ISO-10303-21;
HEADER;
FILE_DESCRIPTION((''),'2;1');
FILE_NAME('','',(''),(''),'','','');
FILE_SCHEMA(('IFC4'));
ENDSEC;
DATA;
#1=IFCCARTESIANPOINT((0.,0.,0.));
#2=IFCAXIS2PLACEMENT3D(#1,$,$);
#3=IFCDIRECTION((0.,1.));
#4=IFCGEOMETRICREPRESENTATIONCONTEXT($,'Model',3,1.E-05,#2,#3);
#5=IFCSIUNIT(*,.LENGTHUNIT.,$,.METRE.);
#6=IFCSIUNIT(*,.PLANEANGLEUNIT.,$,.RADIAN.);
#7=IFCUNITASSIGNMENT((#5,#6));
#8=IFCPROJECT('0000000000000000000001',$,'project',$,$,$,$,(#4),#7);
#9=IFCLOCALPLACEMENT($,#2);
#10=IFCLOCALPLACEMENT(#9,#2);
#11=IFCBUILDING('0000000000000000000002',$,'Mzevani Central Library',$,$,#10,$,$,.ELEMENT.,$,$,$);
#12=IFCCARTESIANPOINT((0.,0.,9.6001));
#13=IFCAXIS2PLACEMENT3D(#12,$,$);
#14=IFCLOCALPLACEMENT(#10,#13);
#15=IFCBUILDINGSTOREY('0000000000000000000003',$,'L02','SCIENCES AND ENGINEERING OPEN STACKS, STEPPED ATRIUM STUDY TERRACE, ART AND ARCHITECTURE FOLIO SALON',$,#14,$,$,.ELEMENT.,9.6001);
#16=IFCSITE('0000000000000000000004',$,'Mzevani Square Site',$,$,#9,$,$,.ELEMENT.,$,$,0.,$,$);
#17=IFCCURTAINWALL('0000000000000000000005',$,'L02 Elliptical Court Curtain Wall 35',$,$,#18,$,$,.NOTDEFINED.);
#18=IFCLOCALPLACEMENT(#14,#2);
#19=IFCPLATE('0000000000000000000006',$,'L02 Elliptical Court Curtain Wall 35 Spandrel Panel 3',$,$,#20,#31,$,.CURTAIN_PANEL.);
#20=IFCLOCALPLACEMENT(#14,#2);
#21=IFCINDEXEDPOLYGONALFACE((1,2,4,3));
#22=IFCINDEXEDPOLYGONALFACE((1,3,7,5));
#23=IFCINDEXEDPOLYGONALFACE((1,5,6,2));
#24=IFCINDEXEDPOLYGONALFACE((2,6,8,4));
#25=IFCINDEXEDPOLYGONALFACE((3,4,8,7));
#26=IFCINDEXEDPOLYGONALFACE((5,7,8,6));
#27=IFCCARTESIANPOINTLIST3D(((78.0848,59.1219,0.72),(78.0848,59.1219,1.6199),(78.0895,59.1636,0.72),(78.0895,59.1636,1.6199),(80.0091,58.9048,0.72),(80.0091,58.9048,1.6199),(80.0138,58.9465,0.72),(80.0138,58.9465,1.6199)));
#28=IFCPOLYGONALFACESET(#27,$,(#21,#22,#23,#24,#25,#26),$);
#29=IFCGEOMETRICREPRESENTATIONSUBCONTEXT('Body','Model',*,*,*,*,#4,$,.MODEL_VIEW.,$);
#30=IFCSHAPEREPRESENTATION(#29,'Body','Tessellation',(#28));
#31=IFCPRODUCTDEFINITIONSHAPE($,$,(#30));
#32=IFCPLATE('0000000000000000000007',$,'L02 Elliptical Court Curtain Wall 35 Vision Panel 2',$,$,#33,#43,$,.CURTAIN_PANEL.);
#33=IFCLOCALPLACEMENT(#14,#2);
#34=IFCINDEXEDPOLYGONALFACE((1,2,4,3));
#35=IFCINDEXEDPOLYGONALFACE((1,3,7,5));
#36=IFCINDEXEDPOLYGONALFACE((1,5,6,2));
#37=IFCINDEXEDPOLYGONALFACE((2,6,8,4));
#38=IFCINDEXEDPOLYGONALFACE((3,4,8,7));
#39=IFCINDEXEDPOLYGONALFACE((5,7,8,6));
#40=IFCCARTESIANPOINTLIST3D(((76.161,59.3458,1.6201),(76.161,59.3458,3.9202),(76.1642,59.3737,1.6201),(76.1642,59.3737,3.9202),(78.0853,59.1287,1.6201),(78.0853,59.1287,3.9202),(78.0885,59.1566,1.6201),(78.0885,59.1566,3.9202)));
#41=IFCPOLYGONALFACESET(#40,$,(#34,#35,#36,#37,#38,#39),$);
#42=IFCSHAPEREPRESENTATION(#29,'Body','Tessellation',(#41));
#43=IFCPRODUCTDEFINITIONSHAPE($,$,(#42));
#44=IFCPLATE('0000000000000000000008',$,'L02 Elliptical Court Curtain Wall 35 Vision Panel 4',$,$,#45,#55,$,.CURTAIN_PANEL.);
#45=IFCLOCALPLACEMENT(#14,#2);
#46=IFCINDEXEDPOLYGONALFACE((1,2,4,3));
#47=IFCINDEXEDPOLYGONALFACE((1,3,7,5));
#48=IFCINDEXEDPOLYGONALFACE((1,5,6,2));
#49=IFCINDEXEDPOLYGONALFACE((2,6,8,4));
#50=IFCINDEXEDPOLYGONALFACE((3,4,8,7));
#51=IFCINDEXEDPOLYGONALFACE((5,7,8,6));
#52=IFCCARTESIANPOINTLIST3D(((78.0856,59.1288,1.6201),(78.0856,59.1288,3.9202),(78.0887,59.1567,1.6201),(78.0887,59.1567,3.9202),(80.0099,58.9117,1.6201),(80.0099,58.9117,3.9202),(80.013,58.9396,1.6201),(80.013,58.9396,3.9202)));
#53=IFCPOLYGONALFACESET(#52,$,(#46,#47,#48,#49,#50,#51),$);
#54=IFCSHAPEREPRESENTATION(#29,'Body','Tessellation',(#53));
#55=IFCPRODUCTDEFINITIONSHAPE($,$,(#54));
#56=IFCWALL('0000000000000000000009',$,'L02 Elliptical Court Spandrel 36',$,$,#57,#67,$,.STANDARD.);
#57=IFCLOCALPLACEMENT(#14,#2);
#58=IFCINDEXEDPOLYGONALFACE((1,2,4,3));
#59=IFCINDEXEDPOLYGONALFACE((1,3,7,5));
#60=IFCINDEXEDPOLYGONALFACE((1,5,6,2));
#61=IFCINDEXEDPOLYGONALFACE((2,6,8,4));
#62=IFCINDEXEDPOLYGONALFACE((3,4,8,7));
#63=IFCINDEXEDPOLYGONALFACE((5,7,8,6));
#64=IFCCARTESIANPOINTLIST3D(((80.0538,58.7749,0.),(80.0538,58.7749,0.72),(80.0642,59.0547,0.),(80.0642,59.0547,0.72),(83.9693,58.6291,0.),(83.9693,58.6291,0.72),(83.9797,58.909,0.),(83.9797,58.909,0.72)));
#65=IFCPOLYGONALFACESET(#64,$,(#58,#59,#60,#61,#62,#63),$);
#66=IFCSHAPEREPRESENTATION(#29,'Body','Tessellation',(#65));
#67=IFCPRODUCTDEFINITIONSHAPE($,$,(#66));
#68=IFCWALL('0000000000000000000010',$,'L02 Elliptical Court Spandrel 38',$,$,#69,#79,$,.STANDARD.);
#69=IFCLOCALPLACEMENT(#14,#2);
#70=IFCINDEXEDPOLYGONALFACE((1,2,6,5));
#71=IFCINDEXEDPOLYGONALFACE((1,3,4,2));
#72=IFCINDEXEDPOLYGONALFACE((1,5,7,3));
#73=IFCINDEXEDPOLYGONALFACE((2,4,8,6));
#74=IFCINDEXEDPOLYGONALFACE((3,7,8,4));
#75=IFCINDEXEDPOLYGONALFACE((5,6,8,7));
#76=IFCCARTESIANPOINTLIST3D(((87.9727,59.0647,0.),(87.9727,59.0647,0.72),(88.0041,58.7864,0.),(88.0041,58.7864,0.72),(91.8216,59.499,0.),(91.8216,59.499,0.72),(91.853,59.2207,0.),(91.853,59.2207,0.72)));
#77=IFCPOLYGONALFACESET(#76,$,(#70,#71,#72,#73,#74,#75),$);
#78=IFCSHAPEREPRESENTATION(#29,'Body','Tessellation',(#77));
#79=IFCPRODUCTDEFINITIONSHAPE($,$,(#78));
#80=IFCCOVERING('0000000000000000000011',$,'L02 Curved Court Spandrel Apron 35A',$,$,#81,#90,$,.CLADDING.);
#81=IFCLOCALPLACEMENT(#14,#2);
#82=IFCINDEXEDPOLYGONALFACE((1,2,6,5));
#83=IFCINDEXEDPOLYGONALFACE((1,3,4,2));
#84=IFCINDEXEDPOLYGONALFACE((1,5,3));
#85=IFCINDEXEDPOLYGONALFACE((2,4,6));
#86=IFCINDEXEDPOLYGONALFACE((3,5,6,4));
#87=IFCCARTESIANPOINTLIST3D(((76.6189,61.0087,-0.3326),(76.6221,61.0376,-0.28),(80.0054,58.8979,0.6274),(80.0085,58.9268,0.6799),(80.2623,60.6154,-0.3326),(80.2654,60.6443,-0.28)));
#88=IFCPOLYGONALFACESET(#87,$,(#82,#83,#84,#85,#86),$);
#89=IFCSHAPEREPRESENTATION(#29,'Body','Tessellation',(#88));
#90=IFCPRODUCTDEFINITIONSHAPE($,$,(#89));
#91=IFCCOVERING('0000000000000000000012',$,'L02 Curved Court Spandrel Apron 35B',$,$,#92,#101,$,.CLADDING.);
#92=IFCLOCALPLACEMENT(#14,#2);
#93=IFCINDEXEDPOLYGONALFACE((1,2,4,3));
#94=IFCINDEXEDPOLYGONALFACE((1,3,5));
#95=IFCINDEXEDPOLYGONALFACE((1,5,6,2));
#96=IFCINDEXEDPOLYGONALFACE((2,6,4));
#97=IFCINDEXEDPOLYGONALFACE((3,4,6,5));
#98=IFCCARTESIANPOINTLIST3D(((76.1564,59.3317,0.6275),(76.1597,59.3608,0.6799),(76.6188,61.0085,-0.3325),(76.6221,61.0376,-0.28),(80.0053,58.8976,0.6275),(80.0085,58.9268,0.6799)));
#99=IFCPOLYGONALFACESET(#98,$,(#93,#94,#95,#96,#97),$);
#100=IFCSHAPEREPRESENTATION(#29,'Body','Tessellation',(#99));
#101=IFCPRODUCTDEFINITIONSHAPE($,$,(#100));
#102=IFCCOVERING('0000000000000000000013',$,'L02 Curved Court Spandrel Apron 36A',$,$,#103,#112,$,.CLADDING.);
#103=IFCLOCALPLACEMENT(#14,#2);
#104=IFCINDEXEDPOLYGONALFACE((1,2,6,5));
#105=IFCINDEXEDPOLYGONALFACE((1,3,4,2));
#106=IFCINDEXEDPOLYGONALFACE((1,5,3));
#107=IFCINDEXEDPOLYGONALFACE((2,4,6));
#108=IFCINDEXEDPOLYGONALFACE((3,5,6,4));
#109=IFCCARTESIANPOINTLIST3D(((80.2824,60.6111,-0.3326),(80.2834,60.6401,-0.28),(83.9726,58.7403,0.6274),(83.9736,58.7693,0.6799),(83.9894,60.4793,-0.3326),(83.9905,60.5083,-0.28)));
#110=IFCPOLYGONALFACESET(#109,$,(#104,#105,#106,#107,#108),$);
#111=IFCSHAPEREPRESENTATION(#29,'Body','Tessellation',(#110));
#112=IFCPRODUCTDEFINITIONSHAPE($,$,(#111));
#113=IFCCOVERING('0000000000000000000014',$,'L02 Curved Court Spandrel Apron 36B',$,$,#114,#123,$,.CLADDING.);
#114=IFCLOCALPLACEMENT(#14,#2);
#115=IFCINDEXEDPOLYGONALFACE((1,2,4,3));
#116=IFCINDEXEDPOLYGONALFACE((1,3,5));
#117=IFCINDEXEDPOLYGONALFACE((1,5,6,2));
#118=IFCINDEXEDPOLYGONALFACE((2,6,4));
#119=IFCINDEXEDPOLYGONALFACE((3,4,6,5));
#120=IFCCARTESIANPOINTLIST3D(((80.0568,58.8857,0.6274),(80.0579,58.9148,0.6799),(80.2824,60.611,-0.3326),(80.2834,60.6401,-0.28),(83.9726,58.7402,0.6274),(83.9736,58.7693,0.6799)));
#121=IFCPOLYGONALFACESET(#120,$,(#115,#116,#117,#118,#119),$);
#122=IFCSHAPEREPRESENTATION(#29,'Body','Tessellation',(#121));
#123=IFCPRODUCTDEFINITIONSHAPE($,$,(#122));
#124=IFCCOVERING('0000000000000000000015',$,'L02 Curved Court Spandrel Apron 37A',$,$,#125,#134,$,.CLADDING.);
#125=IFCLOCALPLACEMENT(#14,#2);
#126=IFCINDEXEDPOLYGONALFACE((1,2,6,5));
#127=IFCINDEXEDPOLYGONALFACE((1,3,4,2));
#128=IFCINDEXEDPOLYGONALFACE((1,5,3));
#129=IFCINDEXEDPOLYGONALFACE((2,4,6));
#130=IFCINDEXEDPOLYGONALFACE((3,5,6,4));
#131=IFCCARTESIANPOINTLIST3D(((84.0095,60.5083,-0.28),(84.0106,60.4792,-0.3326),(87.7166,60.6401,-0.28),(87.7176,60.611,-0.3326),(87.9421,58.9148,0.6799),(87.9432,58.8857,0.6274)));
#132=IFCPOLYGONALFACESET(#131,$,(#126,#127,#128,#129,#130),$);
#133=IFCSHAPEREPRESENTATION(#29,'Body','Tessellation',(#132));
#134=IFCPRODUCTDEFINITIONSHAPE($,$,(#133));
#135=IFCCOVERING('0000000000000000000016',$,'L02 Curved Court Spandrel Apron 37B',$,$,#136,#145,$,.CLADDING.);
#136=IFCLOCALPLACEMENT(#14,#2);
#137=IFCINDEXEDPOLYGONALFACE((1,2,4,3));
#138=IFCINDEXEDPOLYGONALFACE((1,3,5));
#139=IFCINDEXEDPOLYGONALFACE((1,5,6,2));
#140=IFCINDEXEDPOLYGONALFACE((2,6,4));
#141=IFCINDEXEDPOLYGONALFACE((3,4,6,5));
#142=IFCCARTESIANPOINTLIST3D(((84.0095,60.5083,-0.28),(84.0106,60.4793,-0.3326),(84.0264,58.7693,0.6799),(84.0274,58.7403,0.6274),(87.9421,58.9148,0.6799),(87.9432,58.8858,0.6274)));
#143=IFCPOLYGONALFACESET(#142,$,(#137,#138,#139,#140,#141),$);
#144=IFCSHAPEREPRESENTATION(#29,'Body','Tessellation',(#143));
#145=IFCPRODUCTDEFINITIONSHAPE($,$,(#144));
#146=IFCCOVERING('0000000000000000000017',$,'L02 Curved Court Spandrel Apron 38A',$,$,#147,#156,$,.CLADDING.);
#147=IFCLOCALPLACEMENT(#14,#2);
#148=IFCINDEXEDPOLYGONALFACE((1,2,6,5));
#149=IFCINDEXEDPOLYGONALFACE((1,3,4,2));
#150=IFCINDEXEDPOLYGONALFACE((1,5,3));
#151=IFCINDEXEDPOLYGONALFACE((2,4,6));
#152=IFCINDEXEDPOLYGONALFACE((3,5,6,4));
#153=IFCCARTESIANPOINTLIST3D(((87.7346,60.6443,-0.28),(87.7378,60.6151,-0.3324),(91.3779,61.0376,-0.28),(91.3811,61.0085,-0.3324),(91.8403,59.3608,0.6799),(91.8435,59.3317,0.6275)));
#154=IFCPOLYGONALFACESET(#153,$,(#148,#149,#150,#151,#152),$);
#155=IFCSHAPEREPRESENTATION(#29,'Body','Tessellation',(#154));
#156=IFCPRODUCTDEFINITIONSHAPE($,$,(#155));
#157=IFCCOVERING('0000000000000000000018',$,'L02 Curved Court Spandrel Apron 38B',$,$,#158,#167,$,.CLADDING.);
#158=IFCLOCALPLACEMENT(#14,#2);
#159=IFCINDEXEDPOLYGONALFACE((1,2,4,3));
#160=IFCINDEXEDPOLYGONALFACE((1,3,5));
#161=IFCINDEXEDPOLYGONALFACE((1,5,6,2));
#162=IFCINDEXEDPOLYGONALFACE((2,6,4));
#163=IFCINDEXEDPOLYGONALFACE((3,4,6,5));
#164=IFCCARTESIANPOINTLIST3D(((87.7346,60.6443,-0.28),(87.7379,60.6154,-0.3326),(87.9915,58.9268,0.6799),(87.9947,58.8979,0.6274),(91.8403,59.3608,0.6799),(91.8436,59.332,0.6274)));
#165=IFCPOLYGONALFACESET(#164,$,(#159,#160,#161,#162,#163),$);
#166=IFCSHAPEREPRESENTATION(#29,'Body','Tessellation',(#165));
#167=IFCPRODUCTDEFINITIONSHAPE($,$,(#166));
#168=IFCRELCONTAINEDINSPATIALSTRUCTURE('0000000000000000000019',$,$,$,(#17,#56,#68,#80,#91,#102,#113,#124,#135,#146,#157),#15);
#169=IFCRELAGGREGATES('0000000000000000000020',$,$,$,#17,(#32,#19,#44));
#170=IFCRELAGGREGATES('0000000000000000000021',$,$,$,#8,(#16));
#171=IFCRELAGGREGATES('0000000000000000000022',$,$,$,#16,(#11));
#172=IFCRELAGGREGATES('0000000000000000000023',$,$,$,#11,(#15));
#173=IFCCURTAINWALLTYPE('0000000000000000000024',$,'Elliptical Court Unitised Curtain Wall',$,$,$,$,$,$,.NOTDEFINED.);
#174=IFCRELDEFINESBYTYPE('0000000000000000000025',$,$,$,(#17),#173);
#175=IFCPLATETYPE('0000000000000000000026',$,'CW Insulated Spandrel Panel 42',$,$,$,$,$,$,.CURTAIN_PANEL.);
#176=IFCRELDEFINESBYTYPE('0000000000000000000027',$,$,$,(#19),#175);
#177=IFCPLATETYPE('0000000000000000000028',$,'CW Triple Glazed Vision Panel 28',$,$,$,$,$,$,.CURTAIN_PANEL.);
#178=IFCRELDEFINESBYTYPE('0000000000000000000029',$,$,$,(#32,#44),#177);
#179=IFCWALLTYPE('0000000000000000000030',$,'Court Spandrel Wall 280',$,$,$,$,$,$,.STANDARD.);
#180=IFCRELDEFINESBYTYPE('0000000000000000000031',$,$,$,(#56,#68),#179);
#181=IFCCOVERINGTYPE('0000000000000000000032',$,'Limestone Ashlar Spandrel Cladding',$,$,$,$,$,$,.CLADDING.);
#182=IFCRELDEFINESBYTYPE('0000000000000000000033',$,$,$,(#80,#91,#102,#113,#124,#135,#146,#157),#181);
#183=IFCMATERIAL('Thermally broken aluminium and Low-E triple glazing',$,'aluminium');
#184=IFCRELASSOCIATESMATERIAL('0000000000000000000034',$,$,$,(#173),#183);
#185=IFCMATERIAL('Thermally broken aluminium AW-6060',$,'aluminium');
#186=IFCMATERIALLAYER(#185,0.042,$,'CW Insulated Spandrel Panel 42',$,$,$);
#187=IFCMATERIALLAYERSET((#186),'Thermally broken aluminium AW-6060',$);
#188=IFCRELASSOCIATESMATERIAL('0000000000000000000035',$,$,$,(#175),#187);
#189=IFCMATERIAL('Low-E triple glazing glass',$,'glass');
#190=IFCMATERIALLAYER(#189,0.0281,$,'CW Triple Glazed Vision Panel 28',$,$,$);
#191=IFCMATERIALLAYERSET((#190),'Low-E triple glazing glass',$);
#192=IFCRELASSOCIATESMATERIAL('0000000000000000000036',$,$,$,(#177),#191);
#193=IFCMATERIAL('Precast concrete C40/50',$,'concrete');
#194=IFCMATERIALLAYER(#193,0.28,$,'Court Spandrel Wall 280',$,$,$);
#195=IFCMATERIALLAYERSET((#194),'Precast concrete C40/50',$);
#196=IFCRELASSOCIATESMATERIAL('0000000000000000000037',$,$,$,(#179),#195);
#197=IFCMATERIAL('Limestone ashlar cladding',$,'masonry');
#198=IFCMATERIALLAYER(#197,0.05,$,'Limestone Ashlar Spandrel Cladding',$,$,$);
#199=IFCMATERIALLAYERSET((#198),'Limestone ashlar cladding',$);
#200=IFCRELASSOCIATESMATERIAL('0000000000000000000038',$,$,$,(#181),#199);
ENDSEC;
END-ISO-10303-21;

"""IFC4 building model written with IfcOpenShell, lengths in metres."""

from ifc_helpers import new_model, si_unit, direction, frame, frame_2d, origin, origin_2d, place, context, subcontext, project, spatial, polyline, rectangle, outline, extrude, material, layer, layer_set, type_object, element, aggregate, save


model = new_model("IFC4")

# Units and contexts
model_context = context("Model", 3, precision=1e-05, world=origin(), true_north=direction((0.0, 1.0)))
body_context = subcontext(model_context, "Body", "Model", "MODEL_VIEW")
ifc_project = project(units=[si_unit("LENGTHUNIT", "METRE"), si_unit("PLANEANGLEUNIT", "RADIAN")], contexts=[model_context])

# Site, building, storey
site_placement = place(None, origin())
site = spatial("IfcSite", under=ifc_project, at=site_placement, Name="Mzevani Square Site", CompositionType="ELEMENT", RefElevation=0.0)
building_placement = place(site_placement, origin())
building = spatial("IfcBuilding", under=site, at=building_placement, Name="Mzevani Central Library", CompositionType="ELEMENT")
storey_placement = place(building_placement, frame((0.0, 0.0, 9.6001)))
storey = spatial("IfcBuildingStorey", under=building, at=storey_placement, Name="L02", Description="SCIENCES AND ENGINEERING OPEN STACKS, STEPPED ATRIUM STUDY TERRACE, ART AND ARCHITECTURE FOLIO SALON", CompositionType="ELEMENT", Elevation=9.6001)

# Curtain wall
ifc_material_1 = material(Name="Thermally broken aluminium and Low-E triple glazing", Category="aluminium")
curtain_wall_type_1 = type_object("IfcCurtainWallType", Name="Elliptical Court Unitised Curtain Wall", PredefinedType="NOTDEFINED", material=ifc_material_1)
curtain_wall_1_placement = place(storey_placement, origin())
curtain_wall_1 = element("IfcCurtainWall", 1, at=curtain_wall_1_placement, inside=storey, type_object=curtain_wall_type_1, Name="L02 Elliptical Court Curtain Wall 35", PredefinedType="NOTDEFINED")
ifc_material_2 = material(Name="Thermally broken aluminium AW-6060", Category="aluminium")

# Plates
ifc_layer_1 = layer(ifc_material_2, 0.042, Name="CW Insulated Spandrel Panel 42")
ifc_layer_set_1 = layer_set([ifc_layer_1], Name="Thermally broken aluminium AW-6060")
plate_type_1 = type_object("IfcPlateType", Name="CW Insulated Spandrel Panel 42", PredefinedType="CURTAIN_PANEL", material=ifc_layer_set_1)
plate_1_placement = place(storey_placement, frame((79.0493, 59.0342, 0.72), z_axis=(0.0, 0.0, 1.0), x_axis=(0.993697, -0.112104, 0.0)))
plate_1 = element("IfcPlate", 2, at=plate_1_placement, type_object=plate_type_1, Name="L02 Elliptical Court Curtain Wall 35 Spandrel Panel 3", PredefinedType="CURTAIN_PANEL", context=body_context, shape_type="SweptSolid", body=[
    extrude(rectangle(XDim=1.9365, YDim=0.042, at=origin_2d()), origin(), (0.0, 0.0, 1.0), 0.8999),
])
ifc_material_3 = material(Name="Low-E triple glazing glass", Category="glass")
ifc_layer_2 = layer(ifc_material_3, 0.0281, Name="CW Triple Glazed Vision Panel 28")
ifc_layer_set_2 = layer_set([ifc_layer_2], Name="Low-E triple glazing glass")
plate_type_2 = type_object("IfcPlateType", Name="CW Triple Glazed Vision Panel 28", PredefinedType="CURTAIN_PANEL", material=ifc_layer_set_2)
plate_2_placement = place(storey_placement, frame((77.1248, 59.2512, 1.6201), z_axis=(0.0, 0.0, 1.0), x_axis=(0.993697, -0.112104, 0.0)))
plate_2 = element("IfcPlate", 3, at=plate_2_placement, type_object=plate_type_2, Name="L02 Elliptical Court Curtain Wall 35 Vision Panel 2", PredefinedType="CURTAIN_PANEL", context=body_context, shape_type="SweptSolid", body=[
    extrude(rectangle(XDim=1.9365, YDim=0.0281, at=origin_2d()), origin(), (0.0, 0.0, 1.0), 2.3),
])
plate_3_placement = place(storey_placement, frame((79.0493, 59.0342, 1.6201), z_axis=(0.0, 0.0, 1.0), x_axis=(0.993697, -0.112104, 0.0)))
plate_3 = element("IfcPlate", 4, at=plate_3_placement, type_object=plate_type_2, Name="L02 Elliptical Court Curtain Wall 35 Vision Panel 4", PredefinedType="CURTAIN_PANEL", context=body_context, shape_type="SweptSolid", body=[
    extrude(rectangle(XDim=1.9365, YDim=0.0281, at=origin_2d()), origin(), (0.0, 0.0, 1.0), 2.3),
])
aggregate(curtain_wall_1, [plate_2, plate_1, plate_3])

# Walls
ifc_material_4 = material(Name="Precast concrete C40/50", Category="concrete")
ifc_layer_3 = layer(ifc_material_4, 0.28, Name="Court Spandrel Wall 280")
ifc_layer_set_3 = layer_set([ifc_layer_3], Name="Precast concrete C40/50")
wall_type = type_object("IfcWallType", Name="Court Spandrel Wall 280", PredefinedType="STANDARD", material=ifc_layer_set_3)
wall_1_placement = place(storey_placement, frame((80.0591, 58.9148, 0.0), z_axis=(0.0, 0.0, 1.0), x_axis=(0.999308, -0.037198, 0.0)))
element("IfcWall", 5, at=wall_1_placement, inside=storey, type_object=wall_type, Name="L02 Elliptical Court Spandrel 36", PredefinedType="STANDARD", context=body_context, shape_type="SweptSolid", body=[
    extrude(rectangle(XDim=3.9182, YDim=0.28, at=frame_2d((1.959, 0.0))), origin(), (0.0, 0.0, 1.0), 0.72),
])
wall_2_placement = place(storey_placement, frame((87.9885, 58.9255, 0.0), z_axis=(0.0, 0.0, 1.0), x_axis=(0.993693, 0.112133, 0.0)))
element("IfcWall", 6, at=wall_2_placement, inside=storey, type_object=wall_type, Name="L02 Elliptical Court Spandrel 38", PredefinedType="STANDARD", context=body_context, shape_type="SweptSolid", body=[
    extrude(rectangle(XDim=3.8733, YDim=0.28, at=frame_2d((1.9365, 0.0))), origin(), (0.0, 0.0, 1.0), 0.72),
])

# Coverings
ifc_material_5 = material(Name="Limestone ashlar cladding", Category="masonry")
ifc_layer_4 = layer(ifc_material_5, 0.05, Name="Limestone Ashlar Spandrel Cladding")
ifc_layer_set_4 = layer_set([ifc_layer_4], Name="Limestone ashlar cladding")
covering_type = type_object("IfcCoveringType", Name="Limestone Ashlar Spandrel Cladding", PredefinedType="CLADDING", material=ifc_layer_set_4)
covering_1_placement = place(storey_placement, frame((76.6221, 61.0376, -0.28), z_axis=(0.051958, 0.481295, 0.875018), x_axis=(0.994223, -0.107331, 0.0)))
element("IfcCovering", 7, at=covering_1_placement, inside=storey, type_object=covering_type, Name="L02 Curved Court Spandrel Apron 35A", PredefinedType="CLADDING", context=body_context, shape_type="SweptSolid", body=[
    extrude(outline(polyline([(0.0, 0.0), (3.6645, 0.0), (3.5935, -1.983), (0.0, 0.0)])), origin(), (0.0, 0.0, -1.0), 0.0601),
])
covering_2_placement = place(storey_placement, frame((76.6221, 61.0376, -0.28), z_axis=(0.054666, 0.484707, 0.872967), x_axis=(0.825102, -0.514298, 0.233891)))
element("IfcCovering", 8, at=covering_2_placement, inside=storey, type_object=covering_type, Name="L02 Curved Court Spandrel Apron 35B", PredefinedType="CLADDING", context=body_context, shape_type="SweptSolid", body=[
    extrude(outline(polyline([(0.0, 0.0), (4.1043, 0.0), (0.7054, -1.8572), (0.0, 0.0)])), origin(), (0.0, 0.0, -1.0), 0.0601),
])
covering_3_placement = place(storey_placement, frame((80.2834, 60.6401, -0.28), z_axis=(0.01718, 0.483073, 0.875411), x_axis=(0.999368, -0.035541, 0.0)))
element("IfcCovering", 9, at=covering_3_placement, inside=storey, type_object=covering_type, Name="L02 Curved Court Spandrel Apron 36A", PredefinedType="CLADDING", context=body_context, shape_type="SweptSolid", body=[
    extrude(outline(polyline([(0.0, 0.0), (3.7094, 0.0), (3.7543, -1.9859), (0.0, 0.0)])), origin(), (0.0, 0.0, -1.0), 0.0601),
])
covering_4_placement = place(storey_placement, frame((80.2834, 60.6401, -0.28), z_axis=(0.017997, 0.484323, 0.874704), x_axis=(0.868843, -0.440486, 0.22602)))
element("IfcCovering", 10, at=covering_4_placement, inside=storey, type_object=covering_type, Name="L02 Curved Court Spandrel Apron 36B", PredefinedType="CLADDING", context=body_context, shape_type="SweptSolid", body=[
    extrude(outline(polyline([(0.0, 0.0), (4.2472, 0.0), (0.781, -1.8274), (0.0, 0.0)])), origin(), (0.0, 0.0, -1.0), 0.0601),
])
covering_5_placement = place(storey_placement, frame((84.0095, 60.5083, -0.28), z_axis=(-0.017227, 0.484406, 0.874674), x_axis=(0.999368, 0.035541, 0.0)))
element("IfcCovering", 11, at=covering_5_placement, inside=storey, type_object=covering_type, Name="L02 Curved Court Spandrel Apron 37A", PredefinedType="CLADDING", context=body_context, shape_type="SweptSolid", body=[
    extrude(outline(polyline([(0.0, 0.0), (3.7094, 0.0), (3.8735, -1.9805), (0.0, 0.0)])), origin(), (0.0, 0.0, -1.0), 0.0601),
])
covering_6_placement = place(storey_placement, frame((84.0095, 60.5083, -0.28), z_axis=(-0.01795, 0.483061, 0.875403), x_axis=(0.90396, -0.366287, 0.220659)))
element("IfcCovering", 12, at=covering_6_placement, inside=storey, type_object=covering_type, Name="L02 Curved Court Spandrel Apron 37B", PredefinedType="CLADDING", context=body_context, shape_type="SweptSolid", body=[
    extrude(outline(polyline([(0.0, 0.0), (4.3504, 0.0), (0.864, -1.7887), (0.0, 0.0)])), origin(), (0.0, 0.0, -1.0), 0.0601),
])
covering_7_placement = place(storey_placement, frame((87.7346, 60.6443, -0.28), z_axis=(-0.052384, 0.485245, 0.872808), x_axis=(0.994223, 0.107331, 0.0)))
element("IfcCovering", 13, at=covering_7_placement, inside=storey, type_object=covering_type, Name="L02 Curved Court Spandrel Apron 38A", PredefinedType="CLADDING", context=body_context, shape_type="SweptSolid", body=[
    extrude(outline(polyline([(0.0, 0.0), (3.6645, 0.0), (3.9442, -1.9669), (0.0, 0.0)])), origin(), (0.0, 0.0, -1.0), 0.0601),
])
covering_8_placement = place(storey_placement, frame((87.7346, 60.6443, -0.28), z_axis=(-0.054245, 0.480974, 0.875055), x_axis=(0.931539, -0.291199, 0.217804)))
element("IfcCovering", 14, at=covering_8_placement, inside=storey, type_object=covering_type, Name="L02 Curved Court Spandrel Apron 38B", PredefinedType="CLADDING", context=body_context, shape_type="SweptSolid", body=[
    extrude(outline(polyline([(0.0, 0.0), (4.4075, 0.0), (0.9485, -1.7429), (0.0, 0.0)])), origin(), (0.0, 0.0, -1.0), 0.0601),
])

save(model, "model.ifc")
